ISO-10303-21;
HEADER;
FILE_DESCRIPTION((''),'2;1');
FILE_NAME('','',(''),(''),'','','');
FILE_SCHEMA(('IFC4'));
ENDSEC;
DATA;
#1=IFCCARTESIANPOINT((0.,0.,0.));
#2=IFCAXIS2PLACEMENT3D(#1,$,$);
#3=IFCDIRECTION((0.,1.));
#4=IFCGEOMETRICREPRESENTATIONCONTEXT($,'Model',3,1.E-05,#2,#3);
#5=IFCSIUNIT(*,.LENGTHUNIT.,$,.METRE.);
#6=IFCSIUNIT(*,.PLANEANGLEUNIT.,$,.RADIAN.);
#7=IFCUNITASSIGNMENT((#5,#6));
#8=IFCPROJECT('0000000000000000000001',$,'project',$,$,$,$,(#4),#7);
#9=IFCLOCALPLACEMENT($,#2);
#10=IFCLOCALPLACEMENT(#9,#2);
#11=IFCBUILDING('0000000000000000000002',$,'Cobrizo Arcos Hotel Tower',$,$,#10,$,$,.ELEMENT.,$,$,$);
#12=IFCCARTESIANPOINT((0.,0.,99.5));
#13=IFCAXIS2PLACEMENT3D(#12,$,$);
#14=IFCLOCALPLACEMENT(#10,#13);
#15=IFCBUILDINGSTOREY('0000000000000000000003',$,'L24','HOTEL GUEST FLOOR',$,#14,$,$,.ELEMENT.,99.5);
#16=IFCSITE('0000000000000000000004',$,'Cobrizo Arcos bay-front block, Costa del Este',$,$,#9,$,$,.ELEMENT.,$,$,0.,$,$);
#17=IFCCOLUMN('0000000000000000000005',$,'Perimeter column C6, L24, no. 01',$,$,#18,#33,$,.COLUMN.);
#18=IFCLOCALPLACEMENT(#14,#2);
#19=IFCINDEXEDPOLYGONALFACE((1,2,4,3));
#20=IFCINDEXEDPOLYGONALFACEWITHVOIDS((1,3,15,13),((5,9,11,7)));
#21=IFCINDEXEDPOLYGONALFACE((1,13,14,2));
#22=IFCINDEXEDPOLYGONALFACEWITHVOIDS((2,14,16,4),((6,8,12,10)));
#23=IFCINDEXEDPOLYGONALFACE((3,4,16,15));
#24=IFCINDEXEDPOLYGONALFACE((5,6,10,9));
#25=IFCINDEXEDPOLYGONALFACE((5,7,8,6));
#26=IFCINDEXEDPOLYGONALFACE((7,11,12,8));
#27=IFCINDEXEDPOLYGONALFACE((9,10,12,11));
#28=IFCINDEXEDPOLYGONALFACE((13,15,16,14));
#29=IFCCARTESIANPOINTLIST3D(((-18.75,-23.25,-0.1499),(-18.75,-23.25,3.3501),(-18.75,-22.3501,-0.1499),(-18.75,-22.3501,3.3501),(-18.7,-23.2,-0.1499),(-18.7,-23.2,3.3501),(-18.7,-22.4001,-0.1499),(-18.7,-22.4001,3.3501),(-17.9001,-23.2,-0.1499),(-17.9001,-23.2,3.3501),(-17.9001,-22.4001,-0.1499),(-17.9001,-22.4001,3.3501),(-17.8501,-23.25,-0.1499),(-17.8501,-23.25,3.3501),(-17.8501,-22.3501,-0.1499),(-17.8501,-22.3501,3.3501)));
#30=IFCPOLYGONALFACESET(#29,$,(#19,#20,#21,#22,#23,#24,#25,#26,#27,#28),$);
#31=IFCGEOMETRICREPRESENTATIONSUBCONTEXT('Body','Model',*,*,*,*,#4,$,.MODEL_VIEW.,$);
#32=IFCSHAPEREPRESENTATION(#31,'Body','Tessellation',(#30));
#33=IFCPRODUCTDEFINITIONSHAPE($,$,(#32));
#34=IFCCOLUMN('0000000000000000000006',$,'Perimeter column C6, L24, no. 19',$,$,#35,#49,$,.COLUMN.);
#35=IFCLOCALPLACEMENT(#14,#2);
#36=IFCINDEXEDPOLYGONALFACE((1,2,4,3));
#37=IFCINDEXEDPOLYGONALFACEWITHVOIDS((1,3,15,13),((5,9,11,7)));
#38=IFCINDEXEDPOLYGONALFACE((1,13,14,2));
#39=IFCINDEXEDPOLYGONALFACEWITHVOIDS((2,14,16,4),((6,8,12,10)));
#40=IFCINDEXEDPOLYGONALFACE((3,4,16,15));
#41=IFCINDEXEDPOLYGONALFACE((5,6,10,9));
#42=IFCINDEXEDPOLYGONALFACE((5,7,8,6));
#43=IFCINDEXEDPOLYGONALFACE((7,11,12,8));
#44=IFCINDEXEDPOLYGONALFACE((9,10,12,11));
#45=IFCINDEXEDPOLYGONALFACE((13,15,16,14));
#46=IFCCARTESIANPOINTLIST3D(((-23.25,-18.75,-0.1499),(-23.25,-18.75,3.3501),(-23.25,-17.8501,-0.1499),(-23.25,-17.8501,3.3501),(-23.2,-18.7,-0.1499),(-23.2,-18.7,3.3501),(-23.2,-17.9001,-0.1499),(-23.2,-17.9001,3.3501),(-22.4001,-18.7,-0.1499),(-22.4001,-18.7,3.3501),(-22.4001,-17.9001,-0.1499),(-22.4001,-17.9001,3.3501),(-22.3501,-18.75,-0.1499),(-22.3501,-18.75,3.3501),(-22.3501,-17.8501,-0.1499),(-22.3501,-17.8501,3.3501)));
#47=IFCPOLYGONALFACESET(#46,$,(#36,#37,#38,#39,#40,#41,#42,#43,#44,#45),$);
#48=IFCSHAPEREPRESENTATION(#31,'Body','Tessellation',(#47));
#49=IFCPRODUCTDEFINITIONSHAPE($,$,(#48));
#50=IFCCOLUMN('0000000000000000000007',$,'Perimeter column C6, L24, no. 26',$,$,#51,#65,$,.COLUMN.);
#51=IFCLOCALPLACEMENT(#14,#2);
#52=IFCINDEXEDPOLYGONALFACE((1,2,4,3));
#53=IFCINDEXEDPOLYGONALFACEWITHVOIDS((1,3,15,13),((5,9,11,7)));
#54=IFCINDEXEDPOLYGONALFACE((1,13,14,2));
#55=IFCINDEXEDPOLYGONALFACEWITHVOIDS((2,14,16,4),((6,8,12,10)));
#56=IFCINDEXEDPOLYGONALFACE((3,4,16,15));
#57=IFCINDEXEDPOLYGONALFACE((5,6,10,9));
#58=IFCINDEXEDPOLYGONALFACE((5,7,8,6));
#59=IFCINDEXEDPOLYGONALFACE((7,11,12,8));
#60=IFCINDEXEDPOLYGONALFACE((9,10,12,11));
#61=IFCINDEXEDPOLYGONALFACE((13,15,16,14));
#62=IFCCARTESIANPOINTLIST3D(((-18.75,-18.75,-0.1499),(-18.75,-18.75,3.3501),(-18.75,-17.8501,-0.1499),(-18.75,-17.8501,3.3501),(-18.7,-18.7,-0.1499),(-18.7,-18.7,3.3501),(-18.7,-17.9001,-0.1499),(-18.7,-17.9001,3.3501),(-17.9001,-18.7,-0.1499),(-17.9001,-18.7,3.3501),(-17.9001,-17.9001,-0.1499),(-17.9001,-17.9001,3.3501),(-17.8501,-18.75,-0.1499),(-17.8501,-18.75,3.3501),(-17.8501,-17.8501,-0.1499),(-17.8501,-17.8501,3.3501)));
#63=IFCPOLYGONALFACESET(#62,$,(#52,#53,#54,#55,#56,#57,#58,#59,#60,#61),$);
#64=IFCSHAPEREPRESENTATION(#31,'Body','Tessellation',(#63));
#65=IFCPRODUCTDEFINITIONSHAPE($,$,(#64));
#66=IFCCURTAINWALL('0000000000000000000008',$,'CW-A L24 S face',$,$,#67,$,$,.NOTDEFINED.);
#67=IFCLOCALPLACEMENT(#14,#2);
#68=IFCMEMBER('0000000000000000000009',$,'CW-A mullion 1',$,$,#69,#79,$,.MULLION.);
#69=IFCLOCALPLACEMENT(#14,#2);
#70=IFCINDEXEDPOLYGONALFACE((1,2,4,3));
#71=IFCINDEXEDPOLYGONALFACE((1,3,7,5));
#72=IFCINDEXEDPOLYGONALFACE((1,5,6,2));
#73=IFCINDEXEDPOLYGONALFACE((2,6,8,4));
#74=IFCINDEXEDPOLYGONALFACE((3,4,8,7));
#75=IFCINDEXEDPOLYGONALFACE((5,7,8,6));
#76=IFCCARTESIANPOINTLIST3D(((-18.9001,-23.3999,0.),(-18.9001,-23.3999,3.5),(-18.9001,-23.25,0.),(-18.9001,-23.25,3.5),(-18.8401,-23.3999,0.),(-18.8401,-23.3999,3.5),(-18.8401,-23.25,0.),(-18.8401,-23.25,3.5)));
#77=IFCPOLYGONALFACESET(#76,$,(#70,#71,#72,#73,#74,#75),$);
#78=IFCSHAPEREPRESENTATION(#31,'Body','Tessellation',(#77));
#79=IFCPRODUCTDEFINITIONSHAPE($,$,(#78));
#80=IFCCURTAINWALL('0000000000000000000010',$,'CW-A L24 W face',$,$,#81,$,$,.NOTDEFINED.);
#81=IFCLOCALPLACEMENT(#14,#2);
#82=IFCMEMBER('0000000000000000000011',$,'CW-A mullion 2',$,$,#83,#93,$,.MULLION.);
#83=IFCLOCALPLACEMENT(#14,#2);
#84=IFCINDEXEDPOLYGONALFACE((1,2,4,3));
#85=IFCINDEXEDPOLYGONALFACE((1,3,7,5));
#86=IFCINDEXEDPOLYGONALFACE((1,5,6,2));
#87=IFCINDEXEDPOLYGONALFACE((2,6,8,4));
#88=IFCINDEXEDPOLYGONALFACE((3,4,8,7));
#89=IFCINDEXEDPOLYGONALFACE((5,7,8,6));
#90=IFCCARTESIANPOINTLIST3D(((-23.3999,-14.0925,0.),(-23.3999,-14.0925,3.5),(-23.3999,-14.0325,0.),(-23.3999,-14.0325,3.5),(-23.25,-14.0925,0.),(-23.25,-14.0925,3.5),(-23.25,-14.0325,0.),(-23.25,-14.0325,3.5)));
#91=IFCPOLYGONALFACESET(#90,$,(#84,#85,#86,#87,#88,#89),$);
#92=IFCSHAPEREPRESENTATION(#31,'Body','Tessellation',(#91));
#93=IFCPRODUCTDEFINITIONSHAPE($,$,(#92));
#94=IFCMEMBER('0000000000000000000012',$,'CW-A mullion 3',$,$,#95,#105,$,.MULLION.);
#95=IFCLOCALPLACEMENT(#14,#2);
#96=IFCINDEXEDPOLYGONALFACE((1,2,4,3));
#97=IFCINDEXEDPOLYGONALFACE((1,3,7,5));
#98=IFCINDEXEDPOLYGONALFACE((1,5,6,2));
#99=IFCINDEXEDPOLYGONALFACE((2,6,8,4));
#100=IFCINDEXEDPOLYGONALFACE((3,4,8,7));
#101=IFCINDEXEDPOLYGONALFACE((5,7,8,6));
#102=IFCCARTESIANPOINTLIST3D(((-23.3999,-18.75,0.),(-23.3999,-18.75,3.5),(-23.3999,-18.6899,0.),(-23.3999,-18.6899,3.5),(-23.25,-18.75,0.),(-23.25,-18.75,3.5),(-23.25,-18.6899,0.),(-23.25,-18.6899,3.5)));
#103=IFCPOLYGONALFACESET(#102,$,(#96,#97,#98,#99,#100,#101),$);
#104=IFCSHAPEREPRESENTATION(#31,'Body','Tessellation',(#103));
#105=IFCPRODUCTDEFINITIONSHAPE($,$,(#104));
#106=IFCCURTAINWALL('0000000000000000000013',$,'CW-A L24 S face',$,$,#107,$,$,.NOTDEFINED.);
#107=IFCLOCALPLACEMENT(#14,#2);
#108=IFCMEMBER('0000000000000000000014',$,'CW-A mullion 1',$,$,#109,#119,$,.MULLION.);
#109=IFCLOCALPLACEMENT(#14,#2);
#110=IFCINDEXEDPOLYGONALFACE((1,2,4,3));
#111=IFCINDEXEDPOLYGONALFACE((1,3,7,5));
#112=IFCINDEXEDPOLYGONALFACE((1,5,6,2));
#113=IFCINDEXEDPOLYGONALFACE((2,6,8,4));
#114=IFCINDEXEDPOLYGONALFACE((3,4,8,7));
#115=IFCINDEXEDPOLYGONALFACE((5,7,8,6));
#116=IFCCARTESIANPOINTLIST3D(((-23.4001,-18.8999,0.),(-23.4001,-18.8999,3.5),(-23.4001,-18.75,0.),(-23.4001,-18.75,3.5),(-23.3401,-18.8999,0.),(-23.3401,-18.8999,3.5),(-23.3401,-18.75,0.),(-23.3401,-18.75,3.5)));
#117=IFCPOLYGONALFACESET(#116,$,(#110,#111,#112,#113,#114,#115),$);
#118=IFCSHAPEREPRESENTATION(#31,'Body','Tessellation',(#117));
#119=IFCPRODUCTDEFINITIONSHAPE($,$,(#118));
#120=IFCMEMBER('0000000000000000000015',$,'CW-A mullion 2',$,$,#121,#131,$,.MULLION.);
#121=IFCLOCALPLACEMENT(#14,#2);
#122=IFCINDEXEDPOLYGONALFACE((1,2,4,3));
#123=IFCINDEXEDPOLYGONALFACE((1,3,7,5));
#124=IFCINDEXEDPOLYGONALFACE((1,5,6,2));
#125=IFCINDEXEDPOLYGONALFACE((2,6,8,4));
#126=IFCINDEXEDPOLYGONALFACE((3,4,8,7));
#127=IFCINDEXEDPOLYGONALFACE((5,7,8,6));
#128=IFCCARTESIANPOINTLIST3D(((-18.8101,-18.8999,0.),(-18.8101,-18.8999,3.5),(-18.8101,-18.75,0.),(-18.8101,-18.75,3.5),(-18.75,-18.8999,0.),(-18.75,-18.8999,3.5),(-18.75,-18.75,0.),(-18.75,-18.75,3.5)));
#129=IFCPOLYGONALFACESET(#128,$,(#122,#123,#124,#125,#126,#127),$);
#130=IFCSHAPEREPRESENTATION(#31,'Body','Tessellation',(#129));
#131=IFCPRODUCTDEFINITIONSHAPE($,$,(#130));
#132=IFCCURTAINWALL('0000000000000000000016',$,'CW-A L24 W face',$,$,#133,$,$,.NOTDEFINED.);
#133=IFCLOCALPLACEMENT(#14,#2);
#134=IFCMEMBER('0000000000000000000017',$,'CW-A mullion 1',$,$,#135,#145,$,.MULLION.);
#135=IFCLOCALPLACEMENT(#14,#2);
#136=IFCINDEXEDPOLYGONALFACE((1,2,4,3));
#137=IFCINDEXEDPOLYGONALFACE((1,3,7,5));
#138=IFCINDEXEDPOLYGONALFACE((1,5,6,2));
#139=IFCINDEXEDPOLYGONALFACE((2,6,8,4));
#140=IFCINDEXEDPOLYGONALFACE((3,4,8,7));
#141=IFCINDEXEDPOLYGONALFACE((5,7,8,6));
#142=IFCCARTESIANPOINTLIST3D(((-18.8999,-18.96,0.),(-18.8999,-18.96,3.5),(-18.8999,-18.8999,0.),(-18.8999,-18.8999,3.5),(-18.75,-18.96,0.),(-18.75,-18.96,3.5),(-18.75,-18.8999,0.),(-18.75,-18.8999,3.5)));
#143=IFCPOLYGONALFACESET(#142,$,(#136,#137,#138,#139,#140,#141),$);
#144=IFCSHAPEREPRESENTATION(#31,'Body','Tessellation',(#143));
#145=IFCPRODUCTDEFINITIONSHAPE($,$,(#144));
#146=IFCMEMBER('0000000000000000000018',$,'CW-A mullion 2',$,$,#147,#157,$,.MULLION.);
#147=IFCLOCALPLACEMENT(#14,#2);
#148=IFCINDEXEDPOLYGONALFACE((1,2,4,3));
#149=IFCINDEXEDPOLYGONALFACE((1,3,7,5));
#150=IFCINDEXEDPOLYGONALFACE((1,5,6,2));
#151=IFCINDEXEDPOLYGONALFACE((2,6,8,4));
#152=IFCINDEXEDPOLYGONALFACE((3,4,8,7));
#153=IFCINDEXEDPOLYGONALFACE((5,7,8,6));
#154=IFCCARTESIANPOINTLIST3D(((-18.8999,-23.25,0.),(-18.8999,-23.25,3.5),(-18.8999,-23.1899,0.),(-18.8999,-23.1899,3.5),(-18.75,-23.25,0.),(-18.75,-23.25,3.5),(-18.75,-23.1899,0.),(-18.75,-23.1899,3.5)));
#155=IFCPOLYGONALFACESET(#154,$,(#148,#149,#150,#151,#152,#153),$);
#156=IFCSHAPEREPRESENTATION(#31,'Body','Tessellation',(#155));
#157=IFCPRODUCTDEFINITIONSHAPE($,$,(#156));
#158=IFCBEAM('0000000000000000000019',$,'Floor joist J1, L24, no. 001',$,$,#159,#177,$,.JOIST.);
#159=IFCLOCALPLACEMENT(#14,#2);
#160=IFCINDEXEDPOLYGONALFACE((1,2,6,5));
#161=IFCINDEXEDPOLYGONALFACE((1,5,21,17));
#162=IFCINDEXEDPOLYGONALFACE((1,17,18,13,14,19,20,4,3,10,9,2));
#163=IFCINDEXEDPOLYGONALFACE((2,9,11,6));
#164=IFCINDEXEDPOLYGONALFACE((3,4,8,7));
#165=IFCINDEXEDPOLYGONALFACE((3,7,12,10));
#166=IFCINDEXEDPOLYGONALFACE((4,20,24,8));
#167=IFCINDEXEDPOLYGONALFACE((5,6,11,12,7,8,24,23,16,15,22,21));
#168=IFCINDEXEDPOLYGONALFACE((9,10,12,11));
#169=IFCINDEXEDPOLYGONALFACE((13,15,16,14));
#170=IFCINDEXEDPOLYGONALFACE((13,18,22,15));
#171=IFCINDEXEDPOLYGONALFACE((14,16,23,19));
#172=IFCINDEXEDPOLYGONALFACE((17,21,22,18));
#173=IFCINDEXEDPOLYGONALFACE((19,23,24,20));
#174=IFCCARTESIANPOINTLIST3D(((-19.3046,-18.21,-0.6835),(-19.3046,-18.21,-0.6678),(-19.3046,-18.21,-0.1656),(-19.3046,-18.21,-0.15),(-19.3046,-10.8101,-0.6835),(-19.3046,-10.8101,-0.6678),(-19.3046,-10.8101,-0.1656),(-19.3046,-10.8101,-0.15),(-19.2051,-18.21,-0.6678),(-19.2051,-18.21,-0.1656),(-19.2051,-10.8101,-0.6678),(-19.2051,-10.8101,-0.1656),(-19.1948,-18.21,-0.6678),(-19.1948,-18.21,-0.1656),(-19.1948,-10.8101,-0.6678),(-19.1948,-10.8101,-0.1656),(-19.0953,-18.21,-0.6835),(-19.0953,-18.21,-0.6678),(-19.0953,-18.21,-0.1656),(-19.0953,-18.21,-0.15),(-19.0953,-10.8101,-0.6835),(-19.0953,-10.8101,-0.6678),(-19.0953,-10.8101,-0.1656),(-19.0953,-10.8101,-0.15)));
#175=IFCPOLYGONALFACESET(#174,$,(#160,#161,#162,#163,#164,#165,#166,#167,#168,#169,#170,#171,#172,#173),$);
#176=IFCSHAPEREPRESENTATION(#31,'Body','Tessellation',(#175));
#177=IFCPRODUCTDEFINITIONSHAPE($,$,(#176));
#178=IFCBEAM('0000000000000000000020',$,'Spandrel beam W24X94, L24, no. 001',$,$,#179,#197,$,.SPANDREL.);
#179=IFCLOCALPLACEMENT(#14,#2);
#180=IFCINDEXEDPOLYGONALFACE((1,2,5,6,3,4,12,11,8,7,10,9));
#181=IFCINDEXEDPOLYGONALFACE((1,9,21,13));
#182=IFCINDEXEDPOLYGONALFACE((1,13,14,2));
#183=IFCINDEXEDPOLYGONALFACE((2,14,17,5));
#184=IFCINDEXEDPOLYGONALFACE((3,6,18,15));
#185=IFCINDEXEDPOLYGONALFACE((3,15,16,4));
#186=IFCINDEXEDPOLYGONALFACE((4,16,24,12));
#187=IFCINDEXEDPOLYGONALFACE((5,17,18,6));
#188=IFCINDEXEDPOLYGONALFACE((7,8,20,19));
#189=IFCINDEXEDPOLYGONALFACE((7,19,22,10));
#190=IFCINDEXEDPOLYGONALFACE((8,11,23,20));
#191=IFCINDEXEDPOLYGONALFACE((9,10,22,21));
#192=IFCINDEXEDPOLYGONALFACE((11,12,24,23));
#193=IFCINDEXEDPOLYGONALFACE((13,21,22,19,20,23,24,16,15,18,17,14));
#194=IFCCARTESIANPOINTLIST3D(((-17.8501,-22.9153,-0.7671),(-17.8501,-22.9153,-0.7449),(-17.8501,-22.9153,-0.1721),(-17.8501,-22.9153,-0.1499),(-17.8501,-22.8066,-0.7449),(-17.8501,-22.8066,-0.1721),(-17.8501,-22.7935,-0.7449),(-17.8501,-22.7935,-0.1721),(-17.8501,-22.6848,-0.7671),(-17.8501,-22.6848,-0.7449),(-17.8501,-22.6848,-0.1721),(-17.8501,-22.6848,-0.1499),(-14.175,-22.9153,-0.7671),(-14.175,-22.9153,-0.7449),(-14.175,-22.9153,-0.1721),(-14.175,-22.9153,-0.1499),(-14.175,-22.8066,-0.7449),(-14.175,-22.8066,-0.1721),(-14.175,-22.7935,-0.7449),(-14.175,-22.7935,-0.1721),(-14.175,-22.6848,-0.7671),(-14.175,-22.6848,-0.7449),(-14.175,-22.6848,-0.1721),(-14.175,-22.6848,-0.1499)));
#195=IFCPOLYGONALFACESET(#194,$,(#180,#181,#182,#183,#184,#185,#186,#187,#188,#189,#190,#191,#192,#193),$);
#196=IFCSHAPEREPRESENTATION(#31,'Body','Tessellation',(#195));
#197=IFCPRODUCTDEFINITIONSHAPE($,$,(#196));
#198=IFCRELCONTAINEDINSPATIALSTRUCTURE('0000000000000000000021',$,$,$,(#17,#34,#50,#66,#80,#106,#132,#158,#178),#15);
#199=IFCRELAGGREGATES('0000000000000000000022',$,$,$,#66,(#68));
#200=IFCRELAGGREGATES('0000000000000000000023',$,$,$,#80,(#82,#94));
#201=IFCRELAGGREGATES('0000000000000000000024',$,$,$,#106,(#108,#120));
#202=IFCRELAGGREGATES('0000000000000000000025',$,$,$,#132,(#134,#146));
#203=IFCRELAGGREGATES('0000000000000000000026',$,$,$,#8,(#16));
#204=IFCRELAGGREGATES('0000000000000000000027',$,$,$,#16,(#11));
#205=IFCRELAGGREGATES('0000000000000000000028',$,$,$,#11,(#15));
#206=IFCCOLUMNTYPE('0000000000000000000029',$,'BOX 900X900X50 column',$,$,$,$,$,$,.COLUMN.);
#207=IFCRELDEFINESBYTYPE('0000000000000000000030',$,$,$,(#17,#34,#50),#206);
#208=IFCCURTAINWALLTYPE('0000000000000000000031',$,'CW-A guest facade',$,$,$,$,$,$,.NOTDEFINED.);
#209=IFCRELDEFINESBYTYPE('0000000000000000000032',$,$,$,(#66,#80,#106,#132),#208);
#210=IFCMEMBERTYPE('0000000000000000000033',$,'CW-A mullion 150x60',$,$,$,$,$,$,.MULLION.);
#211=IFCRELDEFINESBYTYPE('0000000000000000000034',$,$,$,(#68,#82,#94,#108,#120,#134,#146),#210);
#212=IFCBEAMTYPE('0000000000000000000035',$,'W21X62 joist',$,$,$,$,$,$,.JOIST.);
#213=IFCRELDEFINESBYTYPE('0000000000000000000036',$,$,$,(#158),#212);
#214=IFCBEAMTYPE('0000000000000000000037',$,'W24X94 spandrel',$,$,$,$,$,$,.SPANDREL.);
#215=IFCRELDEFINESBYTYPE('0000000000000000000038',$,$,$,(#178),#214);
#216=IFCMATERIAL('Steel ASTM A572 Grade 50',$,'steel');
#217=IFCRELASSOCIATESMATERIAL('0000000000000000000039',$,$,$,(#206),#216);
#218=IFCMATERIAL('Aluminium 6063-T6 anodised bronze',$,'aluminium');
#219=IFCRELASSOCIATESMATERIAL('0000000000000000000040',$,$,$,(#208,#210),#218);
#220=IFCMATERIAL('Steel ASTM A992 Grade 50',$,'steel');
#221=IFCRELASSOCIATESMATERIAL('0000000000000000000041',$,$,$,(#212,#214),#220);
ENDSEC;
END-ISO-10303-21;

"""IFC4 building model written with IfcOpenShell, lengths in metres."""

from ifc_helpers import new_model, si_unit, direction, frame, origin, origin_2d, place, context, subcontext, project, spatial, rectangle, hollow_rectangle, i_section, extrude, material, material_profile, profile_set, type_object, element, aggregate, save


model = new_model("IFC4")

# Units and contexts
model_context = context("Model", 3, precision=1e-05, world=origin(), true_north=direction((0.0, 1.0)))
body_context = subcontext(model_context, "Body", "Model", "MODEL_VIEW")
ifc_project = project(units=[si_unit("LENGTHUNIT", "METRE"), si_unit("PLANEANGLEUNIT", "RADIAN")], contexts=[model_context])

# Site, building, storey
site_placement = place(None, origin())
site = spatial("IfcSite", under=ifc_project, at=site_placement, Name="Cobrizo Arcos bay-front block, Costa del Este", CompositionType="ELEMENT", RefElevation=0.0)
building_placement = place(site_placement, origin())
building = spatial("IfcBuilding", under=site, at=building_placement, Name="Cobrizo Arcos Hotel Tower", CompositionType="ELEMENT")
storey_placement = place(building_placement, frame((0.0, 0.0, 99.5)))
storey = spatial("IfcBuildingStorey", under=building, at=storey_placement, Name="L24", Description="HOTEL GUEST FLOOR", CompositionType="ELEMENT", Elevation=99.5)

# Columns
ifc_material_1 = material(Name="Steel ASTM A572 Grade 50", Category="steel")
ifc_material_profile_1 = material_profile(ifc_material_1, hollow_rectangle(XDim=0.8999, YDim=0.8999, WallThickness=0.05, at=origin_2d()), Name="BOX 900X900X50")
ifc_profile_set_1 = profile_set([ifc_material_profile_1], Name="Steel ASTM A572 Grade 50")
column_type = type_object("IfcColumnType", Name="BOX 900X900X50 column", PredefinedType="COLUMN", material=ifc_profile_set_1)
for number, where, z_axis, x_axis, name in (
    (1, (-18.3, -22.8, -0.1499), (0.0, 0.0, 1.0), (1.0, 0.0, 0.0), "Perimeter column C6, L24, no. 01"),
    (2, (-22.8, -18.3, -0.1499), (0.0, 0.0, 1.0), (1.0, 0.0, 0.0), "Perimeter column C6, L24, no. 19"),
    (3, (-18.3, -18.3, -0.1499), (0.0, 0.0, 1.0), (1.0, 0.0, 0.0), "Perimeter column C6, L24, no. 26"),
):
    element("IfcColumn", number, at=place(storey_placement, frame(where, z_axis=z_axis, x_axis=x_axis)), inside=storey, type_object=column_type, Name=name, PredefinedType="COLUMN", context=body_context, shape_type="SweptSolid", body=[
        extrude(hollow_rectangle(XDim=0.8999, YDim=0.8999, WallThickness=0.05, at=origin_2d()), origin(), (0.0, 0.0, 1.0), 3.5),
    ])

# Curtain wall, member
ifc_material_2 = material(Name="Aluminium 6063-T6 anodised bronze", Category="aluminium")
curtain_wall_type = type_object("IfcCurtainWallType", Name="CW-A guest facade", PredefinedType="NOTDEFINED", material=ifc_material_2)
curtain_wall_1_placement = place(storey_placement, origin())
curtain_wall_1 = element("IfcCurtainWall", 4, at=curtain_wall_1_placement, inside=storey, type_object=curtain_wall_type, Name="CW-A L24 S face", PredefinedType="NOTDEFINED")
ifc_material_profile_2 = material_profile(ifc_material_2, rectangle(XDim=0.1499, YDim=0.0601, at=origin_2d()), Name="CW-A mullion 150x60")
ifc_profile_set_2 = profile_set([ifc_material_profile_2], Name="Aluminium 6063-T6 anodised bronze")
member_type = type_object("IfcMemberType", Name="CW-A mullion 150x60", PredefinedType="MULLION", material=ifc_profile_set_2)
member_1_placement = place(storey_placement, frame((-18.8701, -23.325, 0.0), z_axis=(0.0, 0.0, 1.0), x_axis=(0.0, -1.0, 0.0)))
member_1 = element("IfcMember", 5, at=member_1_placement, type_object=member_type, Name="CW-A mullion 1", PredefinedType="MULLION", context=body_context, shape_type="SweptSolid", body=[
    extrude(rectangle(XDim=0.1499, YDim=0.0601, at=origin_2d()), origin(), (0.0, 0.0, 1.0), 3.5),
])

# Curtain walls, members
curtain_wall_2_placement = place(storey_placement, origin())
curtain_wall_2 = element("IfcCurtainWall", 6, at=curtain_wall_2_placement, inside=storey, type_object=curtain_wall_type, Name="CW-A L24 W face", PredefinedType="NOTDEFINED")
member_2_placement = place(storey_placement, frame((-23.325, -14.0625, 0.0), z_axis=(0.0, 0.0, 1.0), x_axis=(-1.0, 0.0, 0.0)))
member_2 = element("IfcMember", 7, at=member_2_placement, type_object=member_type, Name="CW-A mullion 2", PredefinedType="MULLION", context=body_context, shape_type="SweptSolid", body=[
    extrude(rectangle(XDim=0.1499, YDim=0.0601, at=origin_2d()), origin(), (0.0, 0.0, 1.0), 3.5),
])
member_3_placement = place(storey_placement, frame((-23.325, -18.72, 0.0), z_axis=(0.0, 0.0, 1.0), x_axis=(-1.0, 0.0, 0.0)))
member_3 = element("IfcMember", 8, at=member_3_placement, type_object=member_type, Name="CW-A mullion 3", PredefinedType="MULLION", context=body_context, shape_type="SweptSolid", body=[
    extrude(rectangle(XDim=0.1499, YDim=0.0601, at=origin_2d()), origin(), (0.0, 0.0, 1.0), 3.5),
])
curtain_wall_3_placement = place(storey_placement, origin())
curtain_wall_3 = element("IfcCurtainWall", 9, at=curtain_wall_3_placement, inside=storey, type_object=curtain_wall_type, Name="CW-A L24 S face", PredefinedType="NOTDEFINED")
member_4_placement = place(storey_placement, frame((-23.3701, -18.825, 0.0), z_axis=(0.0, 0.0, 1.0), x_axis=(0.0, -1.0, 0.0)))
member_4 = element("IfcMember", 10, at=member_4_placement, type_object=member_type, Name="CW-A mullion 1", PredefinedType="MULLION", context=body_context, shape_type="SweptSolid", body=[
    extrude(rectangle(XDim=0.1499, YDim=0.0601, at=origin_2d()), origin(), (0.0, 0.0, 1.0), 3.5),
])
member_5_placement = place(storey_placement, frame((-18.78, -18.825, 0.0), z_axis=(0.0, 0.0, 1.0), x_axis=(0.0, -1.0, 0.0)))
member_5 = element("IfcMember", 11, at=member_5_placement, type_object=member_type, Name="CW-A mullion 2", PredefinedType="MULLION", context=body_context, shape_type="SweptSolid", body=[
    extrude(rectangle(XDim=0.1499, YDim=0.0601, at=origin_2d()), origin(), (0.0, 0.0, 1.0), 3.5),
])
curtain_wall_4_placement = place(storey_placement, origin())
curtain_wall_4 = element("IfcCurtainWall", 12, at=curtain_wall_4_placement, inside=storey, type_object=curtain_wall_type, Name="CW-A L24 W face", PredefinedType="NOTDEFINED")
member_6_placement = place(storey_placement, frame((-18.825, -18.9299, 0.0), z_axis=(0.0, 0.0, 1.0), x_axis=(-1.0, 0.0, 0.0)))
member_6 = element("IfcMember", 13, at=member_6_placement, type_object=member_type, Name="CW-A mullion 1", PredefinedType="MULLION", context=body_context, shape_type="SweptSolid", body=[
    extrude(rectangle(XDim=0.1499, YDim=0.0601, at=origin_2d()), origin(), (0.0, 0.0, 1.0), 3.5),
])
member_7_placement = place(storey_placement, frame((-18.825, -23.22, 0.0), z_axis=(0.0, 0.0, 1.0), x_axis=(-1.0, 0.0, 0.0)))
member_7 = element("IfcMember", 14, at=member_7_placement, type_object=member_type, Name="CW-A mullion 2", PredefinedType="MULLION", context=body_context, shape_type="SweptSolid", body=[
    extrude(rectangle(XDim=0.1499, YDim=0.0601, at=origin_2d()), origin(), (0.0, 0.0, 1.0), 3.5),
])

# Beams
ifc_material_3 = material(Name="Steel ASTM A992 Grade 50", Category="steel")
ifc_material_profile_3 = material_profile(ifc_material_3, i_section(OverallWidth=0.2092, OverallDepth=0.5334, WebThickness=0.0103, FlangeThickness=0.0156, at=origin_2d()), Name="W21X62")
ifc_profile_set_3 = profile_set([ifc_material_profile_3], Name="Steel ASTM A992 Grade 50")
beam_type_1 = type_object("IfcBeamType", Name="W21X62 joist", PredefinedType="JOIST", material=ifc_profile_set_3)
beam_placement = place(storey_placement, frame((-19.2, -18.21, -0.4167), z_axis=(0.0, 1.0, 0.0), x_axis=(-1.0, 0.0, 0.0)))
element("IfcBeam", 15, at=beam_placement, inside=storey, type_object=beam_type_1, Name="Floor joist J1, L24, no. 001", PredefinedType="JOIST", context=body_context, shape_type="SweptSolid", body=[
    extrude(i_section(OverallWidth=0.2092, OverallDepth=0.5334, WebThickness=0.0103, FlangeThickness=0.0156, at=origin_2d()), origin(), (0.0, 0.0, 1.0), 7.3999),
])
ifc_material_profile_4 = material_profile(ifc_material_3, i_section(OverallWidth=0.2305, OverallDepth=0.6172, WebThickness=0.0132, FlangeThickness=0.0222, at=origin_2d()), Name="W24X94")
ifc_profile_set_4 = profile_set([ifc_material_profile_4], Name="Steel ASTM A992 Grade 50")
beam_type_2 = type_object("IfcBeamType", Name="W24X94 spandrel", PredefinedType="SPANDREL", material=ifc_profile_set_4)
for number, where, z_axis, x_axis, name in (
    (16, (-17.8501, -22.8, -0.4585), (1.0, 0.0, 0.0), (0.0, 1.0, 0.0), "Spandrel beam W24X94, L24, no. 001"),
):
    element("IfcBeam", number, at=place(storey_placement, frame(where, z_axis=z_axis, x_axis=x_axis)), inside=storey, type_object=beam_type_2, Name=name, PredefinedType="SPANDREL", context=body_context, shape_type="SweptSolid", body=[
        extrude(i_section(OverallWidth=0.2305, OverallDepth=0.6172, WebThickness=0.0132, FlangeThickness=0.0222, at=origin_2d()), origin(), (0.0, 0.0, 1.0), 3.675),
    ])

aggregate(curtain_wall_1, [member_1])
aggregate(curtain_wall_2, [member_2, member_3])
aggregate(curtain_wall_3, [member_4, member_5])
aggregate(curtain_wall_4, [member_6, member_7])

save(model, "model.ifc")
